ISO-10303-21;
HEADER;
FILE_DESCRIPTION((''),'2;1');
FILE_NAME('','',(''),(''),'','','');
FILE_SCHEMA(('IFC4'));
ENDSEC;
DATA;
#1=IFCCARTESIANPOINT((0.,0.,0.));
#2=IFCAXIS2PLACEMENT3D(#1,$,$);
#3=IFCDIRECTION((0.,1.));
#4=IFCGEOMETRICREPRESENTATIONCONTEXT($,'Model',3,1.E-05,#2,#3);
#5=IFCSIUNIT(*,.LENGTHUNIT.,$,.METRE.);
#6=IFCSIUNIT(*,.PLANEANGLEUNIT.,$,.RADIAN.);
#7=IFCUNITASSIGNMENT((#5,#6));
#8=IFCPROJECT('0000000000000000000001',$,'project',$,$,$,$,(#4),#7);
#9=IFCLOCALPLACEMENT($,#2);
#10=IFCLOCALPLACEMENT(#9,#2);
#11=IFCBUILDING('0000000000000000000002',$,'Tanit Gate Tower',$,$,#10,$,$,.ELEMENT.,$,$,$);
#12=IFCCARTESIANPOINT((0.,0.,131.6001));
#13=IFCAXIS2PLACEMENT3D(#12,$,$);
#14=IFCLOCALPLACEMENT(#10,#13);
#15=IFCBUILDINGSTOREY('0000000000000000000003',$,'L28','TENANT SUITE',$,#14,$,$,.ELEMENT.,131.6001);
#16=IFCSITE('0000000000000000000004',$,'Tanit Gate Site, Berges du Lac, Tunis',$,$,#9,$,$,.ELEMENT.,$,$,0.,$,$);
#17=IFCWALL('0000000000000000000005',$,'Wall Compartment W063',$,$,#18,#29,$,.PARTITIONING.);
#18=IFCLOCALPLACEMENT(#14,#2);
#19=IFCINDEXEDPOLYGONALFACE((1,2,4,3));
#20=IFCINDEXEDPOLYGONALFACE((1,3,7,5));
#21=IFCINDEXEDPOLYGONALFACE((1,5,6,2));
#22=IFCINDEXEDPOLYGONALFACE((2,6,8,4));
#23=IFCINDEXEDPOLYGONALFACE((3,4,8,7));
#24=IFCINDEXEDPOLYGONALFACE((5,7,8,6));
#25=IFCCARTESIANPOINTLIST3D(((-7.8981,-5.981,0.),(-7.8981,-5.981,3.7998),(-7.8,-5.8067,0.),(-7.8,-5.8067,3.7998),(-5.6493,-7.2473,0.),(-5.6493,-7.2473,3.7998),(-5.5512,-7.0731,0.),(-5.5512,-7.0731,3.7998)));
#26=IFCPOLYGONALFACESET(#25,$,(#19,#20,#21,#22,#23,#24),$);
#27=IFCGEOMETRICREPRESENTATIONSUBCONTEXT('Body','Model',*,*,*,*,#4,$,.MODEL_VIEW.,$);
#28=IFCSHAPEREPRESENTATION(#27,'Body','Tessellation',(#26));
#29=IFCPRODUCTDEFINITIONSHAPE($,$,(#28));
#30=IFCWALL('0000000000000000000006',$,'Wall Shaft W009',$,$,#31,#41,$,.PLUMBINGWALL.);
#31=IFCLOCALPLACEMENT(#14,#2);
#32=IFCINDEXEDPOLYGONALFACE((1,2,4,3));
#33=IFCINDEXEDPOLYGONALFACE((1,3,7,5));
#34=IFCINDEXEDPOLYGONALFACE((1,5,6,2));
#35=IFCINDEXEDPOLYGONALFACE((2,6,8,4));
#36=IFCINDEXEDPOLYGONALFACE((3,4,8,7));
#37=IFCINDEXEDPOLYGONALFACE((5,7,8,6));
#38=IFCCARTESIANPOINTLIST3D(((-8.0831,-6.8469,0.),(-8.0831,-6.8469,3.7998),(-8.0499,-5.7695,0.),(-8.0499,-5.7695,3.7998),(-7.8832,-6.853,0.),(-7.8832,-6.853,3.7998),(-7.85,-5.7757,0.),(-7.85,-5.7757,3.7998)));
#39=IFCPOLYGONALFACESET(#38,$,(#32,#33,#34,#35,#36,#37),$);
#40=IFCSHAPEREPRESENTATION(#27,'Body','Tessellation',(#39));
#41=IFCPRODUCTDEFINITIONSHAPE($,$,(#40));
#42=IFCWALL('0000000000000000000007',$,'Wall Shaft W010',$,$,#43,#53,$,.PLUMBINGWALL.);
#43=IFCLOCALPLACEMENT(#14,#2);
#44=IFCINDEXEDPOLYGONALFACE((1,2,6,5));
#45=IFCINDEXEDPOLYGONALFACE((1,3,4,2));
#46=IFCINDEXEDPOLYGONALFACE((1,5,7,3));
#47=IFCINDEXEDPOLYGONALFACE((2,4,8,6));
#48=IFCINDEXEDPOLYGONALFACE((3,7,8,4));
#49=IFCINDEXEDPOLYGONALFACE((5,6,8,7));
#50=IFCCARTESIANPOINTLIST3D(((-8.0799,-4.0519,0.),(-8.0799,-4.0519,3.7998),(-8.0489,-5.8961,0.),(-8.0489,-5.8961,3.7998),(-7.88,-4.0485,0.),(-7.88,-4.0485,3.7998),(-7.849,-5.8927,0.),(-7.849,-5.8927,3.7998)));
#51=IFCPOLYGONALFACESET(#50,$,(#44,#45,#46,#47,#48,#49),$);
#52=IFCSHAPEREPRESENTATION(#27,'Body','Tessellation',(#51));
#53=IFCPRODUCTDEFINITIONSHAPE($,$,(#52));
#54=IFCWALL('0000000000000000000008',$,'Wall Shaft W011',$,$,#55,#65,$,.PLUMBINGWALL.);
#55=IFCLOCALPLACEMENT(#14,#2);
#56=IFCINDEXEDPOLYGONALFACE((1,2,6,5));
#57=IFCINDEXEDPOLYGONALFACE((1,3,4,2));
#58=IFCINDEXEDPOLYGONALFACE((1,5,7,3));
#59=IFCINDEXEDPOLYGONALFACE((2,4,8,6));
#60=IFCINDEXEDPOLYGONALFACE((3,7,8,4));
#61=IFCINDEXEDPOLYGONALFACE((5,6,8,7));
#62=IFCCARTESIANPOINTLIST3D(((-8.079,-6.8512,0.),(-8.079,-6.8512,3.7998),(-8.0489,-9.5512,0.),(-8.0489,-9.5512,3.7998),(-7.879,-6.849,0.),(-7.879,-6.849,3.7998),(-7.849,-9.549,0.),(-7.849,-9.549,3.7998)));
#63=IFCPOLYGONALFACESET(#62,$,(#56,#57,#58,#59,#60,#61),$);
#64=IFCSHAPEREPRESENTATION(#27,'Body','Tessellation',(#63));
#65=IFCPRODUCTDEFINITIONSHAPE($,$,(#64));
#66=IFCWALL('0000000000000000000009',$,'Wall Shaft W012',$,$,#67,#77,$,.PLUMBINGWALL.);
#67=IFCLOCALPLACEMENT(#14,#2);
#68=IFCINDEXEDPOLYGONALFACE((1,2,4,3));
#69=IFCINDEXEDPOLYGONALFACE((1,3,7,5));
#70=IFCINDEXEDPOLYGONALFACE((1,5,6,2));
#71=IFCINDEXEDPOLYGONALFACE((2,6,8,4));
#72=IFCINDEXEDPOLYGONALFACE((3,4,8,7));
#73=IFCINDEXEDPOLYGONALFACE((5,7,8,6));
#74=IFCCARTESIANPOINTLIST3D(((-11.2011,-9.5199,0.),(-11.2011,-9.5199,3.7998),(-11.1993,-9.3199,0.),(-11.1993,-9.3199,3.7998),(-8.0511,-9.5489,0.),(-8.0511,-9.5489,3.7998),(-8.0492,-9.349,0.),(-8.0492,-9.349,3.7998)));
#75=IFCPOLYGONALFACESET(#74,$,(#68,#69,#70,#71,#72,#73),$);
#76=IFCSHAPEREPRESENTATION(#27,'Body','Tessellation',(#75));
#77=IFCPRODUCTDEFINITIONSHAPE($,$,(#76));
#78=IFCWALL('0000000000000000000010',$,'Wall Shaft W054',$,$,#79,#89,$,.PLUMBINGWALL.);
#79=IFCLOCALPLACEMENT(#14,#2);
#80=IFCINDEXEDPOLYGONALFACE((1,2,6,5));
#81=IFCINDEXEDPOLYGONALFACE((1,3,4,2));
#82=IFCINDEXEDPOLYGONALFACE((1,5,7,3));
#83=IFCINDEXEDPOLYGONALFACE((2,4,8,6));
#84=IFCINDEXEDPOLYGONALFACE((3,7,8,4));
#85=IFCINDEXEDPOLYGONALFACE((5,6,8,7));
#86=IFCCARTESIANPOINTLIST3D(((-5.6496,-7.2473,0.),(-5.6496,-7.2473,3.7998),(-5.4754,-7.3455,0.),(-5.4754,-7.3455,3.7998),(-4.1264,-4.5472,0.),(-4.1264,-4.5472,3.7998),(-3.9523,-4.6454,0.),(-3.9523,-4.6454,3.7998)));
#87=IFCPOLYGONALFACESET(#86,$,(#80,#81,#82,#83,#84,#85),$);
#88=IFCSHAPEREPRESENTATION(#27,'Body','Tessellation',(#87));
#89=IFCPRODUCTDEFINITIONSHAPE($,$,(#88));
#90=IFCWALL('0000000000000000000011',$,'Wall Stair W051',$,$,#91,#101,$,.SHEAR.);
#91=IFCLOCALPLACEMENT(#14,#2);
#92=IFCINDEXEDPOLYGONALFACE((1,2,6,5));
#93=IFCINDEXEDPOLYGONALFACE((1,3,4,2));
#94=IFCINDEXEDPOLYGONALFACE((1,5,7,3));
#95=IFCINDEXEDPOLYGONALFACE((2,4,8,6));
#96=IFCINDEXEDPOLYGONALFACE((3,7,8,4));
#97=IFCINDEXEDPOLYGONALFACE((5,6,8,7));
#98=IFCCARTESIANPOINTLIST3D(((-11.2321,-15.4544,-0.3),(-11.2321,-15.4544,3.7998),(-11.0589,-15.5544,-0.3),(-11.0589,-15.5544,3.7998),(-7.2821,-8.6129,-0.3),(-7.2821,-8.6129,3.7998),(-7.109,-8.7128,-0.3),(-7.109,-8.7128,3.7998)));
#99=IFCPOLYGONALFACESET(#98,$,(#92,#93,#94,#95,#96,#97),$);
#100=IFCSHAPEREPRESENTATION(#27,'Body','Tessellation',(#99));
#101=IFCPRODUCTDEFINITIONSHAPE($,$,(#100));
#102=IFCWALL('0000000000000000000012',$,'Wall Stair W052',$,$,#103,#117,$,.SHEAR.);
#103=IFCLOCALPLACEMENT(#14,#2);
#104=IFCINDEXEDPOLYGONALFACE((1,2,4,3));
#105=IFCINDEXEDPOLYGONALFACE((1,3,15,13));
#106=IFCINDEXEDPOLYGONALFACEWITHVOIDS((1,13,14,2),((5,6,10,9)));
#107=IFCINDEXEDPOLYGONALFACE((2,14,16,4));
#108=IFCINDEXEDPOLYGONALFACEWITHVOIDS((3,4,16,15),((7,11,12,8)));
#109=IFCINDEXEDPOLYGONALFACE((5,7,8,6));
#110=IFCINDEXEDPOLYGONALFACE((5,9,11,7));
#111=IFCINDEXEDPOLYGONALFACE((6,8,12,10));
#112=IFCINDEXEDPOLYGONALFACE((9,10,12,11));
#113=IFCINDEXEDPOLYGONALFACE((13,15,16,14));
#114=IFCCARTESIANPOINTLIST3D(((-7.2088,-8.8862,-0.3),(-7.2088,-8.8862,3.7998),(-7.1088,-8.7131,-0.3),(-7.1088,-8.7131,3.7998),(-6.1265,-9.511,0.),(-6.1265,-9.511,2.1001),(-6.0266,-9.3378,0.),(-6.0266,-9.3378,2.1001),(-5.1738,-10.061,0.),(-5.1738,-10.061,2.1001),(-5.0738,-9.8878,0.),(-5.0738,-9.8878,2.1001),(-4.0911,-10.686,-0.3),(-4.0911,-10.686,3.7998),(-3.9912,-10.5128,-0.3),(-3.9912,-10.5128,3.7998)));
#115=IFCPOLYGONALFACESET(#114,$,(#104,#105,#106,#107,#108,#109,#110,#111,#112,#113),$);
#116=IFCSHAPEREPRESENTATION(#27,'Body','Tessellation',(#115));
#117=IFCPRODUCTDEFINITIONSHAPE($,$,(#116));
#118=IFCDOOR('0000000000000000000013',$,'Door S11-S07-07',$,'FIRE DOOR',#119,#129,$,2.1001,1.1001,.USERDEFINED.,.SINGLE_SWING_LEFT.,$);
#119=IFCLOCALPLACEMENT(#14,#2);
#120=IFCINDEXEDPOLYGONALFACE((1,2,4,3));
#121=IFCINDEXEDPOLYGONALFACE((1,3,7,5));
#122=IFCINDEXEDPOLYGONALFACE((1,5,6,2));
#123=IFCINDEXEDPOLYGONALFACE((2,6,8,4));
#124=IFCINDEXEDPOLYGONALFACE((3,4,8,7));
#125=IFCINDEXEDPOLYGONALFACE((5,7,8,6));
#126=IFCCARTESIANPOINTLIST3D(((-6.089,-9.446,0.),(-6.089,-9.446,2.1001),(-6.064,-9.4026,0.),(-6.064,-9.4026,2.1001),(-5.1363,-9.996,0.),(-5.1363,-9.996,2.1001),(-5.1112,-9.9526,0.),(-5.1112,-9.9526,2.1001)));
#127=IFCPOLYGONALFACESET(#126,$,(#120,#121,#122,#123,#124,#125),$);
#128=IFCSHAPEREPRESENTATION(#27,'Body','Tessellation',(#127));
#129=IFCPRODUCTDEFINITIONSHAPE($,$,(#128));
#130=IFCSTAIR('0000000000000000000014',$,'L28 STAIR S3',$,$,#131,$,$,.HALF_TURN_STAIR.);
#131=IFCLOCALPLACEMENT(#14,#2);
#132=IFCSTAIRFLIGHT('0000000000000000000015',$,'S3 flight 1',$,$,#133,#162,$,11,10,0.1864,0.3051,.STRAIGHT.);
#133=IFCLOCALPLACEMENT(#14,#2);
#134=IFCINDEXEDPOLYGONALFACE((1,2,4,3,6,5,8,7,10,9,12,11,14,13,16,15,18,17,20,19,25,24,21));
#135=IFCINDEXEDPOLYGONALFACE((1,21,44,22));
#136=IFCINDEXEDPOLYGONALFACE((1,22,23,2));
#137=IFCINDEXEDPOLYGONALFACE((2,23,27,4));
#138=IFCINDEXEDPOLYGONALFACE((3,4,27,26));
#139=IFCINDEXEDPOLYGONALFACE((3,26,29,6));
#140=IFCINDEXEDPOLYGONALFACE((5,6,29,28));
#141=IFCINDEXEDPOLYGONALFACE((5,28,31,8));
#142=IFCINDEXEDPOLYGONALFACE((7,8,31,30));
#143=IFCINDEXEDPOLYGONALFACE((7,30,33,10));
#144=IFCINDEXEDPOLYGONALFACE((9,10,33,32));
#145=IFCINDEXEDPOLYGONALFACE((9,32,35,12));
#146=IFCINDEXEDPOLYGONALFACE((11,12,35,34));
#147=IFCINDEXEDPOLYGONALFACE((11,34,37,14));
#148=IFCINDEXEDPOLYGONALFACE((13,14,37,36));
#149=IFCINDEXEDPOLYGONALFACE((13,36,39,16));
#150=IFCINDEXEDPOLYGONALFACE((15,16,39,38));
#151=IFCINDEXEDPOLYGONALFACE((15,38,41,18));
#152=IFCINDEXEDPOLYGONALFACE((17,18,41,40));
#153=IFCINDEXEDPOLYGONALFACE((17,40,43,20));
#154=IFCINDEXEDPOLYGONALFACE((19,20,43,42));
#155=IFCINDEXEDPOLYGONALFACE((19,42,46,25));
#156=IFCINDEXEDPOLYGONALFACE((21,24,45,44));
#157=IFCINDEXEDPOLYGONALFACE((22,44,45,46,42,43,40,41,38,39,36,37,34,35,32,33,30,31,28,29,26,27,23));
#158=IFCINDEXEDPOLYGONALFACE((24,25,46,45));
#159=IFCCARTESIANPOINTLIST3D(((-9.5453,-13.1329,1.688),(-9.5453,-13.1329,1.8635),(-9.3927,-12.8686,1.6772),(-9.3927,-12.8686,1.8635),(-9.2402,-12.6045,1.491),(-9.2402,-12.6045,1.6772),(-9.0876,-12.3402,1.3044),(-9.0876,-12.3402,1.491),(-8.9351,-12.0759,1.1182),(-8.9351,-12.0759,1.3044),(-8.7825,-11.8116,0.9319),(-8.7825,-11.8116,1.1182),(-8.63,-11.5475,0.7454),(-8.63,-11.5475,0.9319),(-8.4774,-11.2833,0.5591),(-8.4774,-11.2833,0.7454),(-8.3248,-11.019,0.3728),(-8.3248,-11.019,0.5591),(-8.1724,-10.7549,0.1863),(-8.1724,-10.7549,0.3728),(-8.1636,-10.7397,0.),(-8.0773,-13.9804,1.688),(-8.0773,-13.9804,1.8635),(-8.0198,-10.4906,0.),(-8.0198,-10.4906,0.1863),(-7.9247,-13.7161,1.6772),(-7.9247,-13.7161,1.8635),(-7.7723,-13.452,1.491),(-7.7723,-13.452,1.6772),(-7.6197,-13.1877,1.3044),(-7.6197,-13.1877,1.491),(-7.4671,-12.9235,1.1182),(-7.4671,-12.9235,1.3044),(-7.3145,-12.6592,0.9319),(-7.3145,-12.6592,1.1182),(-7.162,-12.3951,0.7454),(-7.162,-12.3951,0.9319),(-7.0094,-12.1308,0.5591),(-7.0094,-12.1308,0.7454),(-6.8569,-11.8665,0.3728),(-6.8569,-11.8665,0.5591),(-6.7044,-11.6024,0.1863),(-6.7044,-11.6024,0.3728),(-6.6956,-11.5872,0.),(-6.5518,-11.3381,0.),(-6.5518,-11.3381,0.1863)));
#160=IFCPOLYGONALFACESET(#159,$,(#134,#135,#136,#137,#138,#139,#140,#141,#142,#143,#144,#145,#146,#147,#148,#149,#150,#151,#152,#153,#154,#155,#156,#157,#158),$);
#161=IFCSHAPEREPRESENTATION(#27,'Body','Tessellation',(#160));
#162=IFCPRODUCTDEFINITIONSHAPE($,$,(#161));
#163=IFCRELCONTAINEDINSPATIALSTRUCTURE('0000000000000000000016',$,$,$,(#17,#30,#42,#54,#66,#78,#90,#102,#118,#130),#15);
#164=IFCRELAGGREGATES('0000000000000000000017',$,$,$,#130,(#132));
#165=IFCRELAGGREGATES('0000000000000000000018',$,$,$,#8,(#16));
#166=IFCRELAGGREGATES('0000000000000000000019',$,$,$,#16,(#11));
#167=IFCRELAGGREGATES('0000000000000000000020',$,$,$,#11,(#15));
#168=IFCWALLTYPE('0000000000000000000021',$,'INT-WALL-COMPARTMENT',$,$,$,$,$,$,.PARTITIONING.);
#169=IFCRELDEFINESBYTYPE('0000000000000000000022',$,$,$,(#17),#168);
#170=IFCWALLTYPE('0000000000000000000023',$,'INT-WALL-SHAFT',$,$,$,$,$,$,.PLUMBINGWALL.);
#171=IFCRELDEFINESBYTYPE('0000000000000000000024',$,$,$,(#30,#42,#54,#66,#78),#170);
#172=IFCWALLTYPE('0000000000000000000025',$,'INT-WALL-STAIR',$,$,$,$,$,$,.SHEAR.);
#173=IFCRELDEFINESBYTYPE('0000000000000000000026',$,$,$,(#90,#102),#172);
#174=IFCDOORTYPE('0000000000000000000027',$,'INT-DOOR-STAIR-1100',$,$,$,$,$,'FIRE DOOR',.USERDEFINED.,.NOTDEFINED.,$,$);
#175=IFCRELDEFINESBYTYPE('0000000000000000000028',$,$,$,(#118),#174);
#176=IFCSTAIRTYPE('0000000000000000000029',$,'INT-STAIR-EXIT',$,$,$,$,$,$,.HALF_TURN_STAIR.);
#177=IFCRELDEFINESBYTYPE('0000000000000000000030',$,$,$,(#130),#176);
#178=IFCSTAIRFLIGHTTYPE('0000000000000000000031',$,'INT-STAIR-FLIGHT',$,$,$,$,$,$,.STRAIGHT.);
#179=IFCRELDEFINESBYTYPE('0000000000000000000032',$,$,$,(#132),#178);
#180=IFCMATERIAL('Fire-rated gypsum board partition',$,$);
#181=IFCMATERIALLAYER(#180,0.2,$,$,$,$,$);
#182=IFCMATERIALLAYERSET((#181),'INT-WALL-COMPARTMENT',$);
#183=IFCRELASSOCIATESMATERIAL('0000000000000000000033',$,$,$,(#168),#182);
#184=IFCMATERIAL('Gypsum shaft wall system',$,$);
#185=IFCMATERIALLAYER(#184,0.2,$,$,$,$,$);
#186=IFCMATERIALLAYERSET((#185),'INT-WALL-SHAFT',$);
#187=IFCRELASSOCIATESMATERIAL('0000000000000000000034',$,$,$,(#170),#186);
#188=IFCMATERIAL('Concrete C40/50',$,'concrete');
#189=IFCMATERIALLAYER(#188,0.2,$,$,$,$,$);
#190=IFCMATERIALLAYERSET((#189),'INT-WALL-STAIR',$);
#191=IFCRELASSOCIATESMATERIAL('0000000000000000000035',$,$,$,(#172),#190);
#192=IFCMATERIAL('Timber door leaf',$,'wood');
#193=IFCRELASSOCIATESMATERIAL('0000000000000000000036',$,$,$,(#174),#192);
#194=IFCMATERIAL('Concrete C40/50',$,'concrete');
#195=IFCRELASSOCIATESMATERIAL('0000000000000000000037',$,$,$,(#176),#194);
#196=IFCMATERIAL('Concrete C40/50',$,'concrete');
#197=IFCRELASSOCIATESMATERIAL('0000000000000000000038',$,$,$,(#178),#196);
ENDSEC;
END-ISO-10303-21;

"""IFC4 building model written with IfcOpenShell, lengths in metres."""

from ifc_helpers import new_model, si_unit, direction, frame, frame_2d, origin, place, context, subcontext, project, spatial, polyline, rectangle, outline, extrude, material, layer, layer_set, type_object, element, fill, aggregate, save


model = new_model("IFC4")

# Units and contexts
model_context = context("Model", 3, precision=1e-05, world=origin(), true_north=direction((0.0, 1.0)))
body_context = subcontext(model_context, "Body", "Model", "MODEL_VIEW")
ifc_project = project(units=[si_unit("LENGTHUNIT", "METRE"), si_unit("PLANEANGLEUNIT", "RADIAN")], contexts=[model_context])

# Site, building, storey
site_placement = place(None, origin())
site = spatial("IfcSite", under=ifc_project, at=site_placement, Name="Tanit Gate Site, Berges du Lac, Tunis", CompositionType="ELEMENT", RefElevation=0.0)
building_placement = place(site_placement, origin())
building = spatial("IfcBuilding", under=site, at=building_placement, Name="Tanit Gate Tower", CompositionType="ELEMENT")
storey_placement = place(building_placement, frame((0.0, 0.0, 131.6001)))
storey = spatial("IfcBuildingStorey", under=building, at=storey_placement, Name="L28", Description="TENANT SUITE", CompositionType="ELEMENT", Elevation=131.6001)

# Walls
ifc_material_1 = material(Name="Fire-rated gypsum board partition")
ifc_layer_1 = layer(ifc_material_1, 0.2)
ifc_layer_set_1 = layer_set([ifc_layer_1], Name="INT-WALL-COMPARTMENT")
wall_type_1 = type_object("IfcWallType", Name="INT-WALL-COMPARTMENT", PredefinedType="PARTITIONING", material=ifc_layer_set_1)
wall_1_placement = place(storey_placement, frame((-7.8491, -5.8938, 0.0), z_axis=(0.0, 0.0, 1.0), x_axis=(0.87134, -0.490679, 0.0)))
element("IfcWall", 1, at=wall_1_placement, inside=storey, type_object=wall_type_1, Name="Wall Compartment W063", PredefinedType="PARTITIONING", context=body_context, shape_type="SweptSolid", body=[
    extrude(rectangle(XDim=2.5808, YDim=0.2, at=frame_2d((1.2905, 0.0))), origin(), (0.0, 0.0, 1.0), 3.7998),
])
ifc_material_2 = material(Name="Gypsum shaft wall system")
ifc_layer_2 = layer(ifc_material_2, 0.2)
ifc_layer_set_2 = layer_set([ifc_layer_2], Name="INT-WALL-SHAFT")
wall_type_2 = type_object("IfcWallType", Name="INT-WALL-SHAFT", PredefinedType="PLUMBINGWALL", material=ifc_layer_set_2)
wall_2_placement = place(storey_placement, frame((-7.95, -5.7725, 0.0), z_axis=(0.0, 0.0, 1.0), x_axis=(-0.030803, -0.999525, 0.0)))
element("IfcWall", 2, at=wall_2_placement, inside=storey, type_object=wall_type_2, Name="Wall Shaft W009", PredefinedType="PLUMBINGWALL", context=body_context, shape_type="SweptSolid", body=[
    extrude(rectangle(XDim=1.0779, YDim=0.2, at=frame_2d((0.5391, 0.0))), origin(), (0.0, 0.0, 1.0), 3.7998),
])
wall_3_placement = place(storey_placement, frame((-7.98, -4.05, 0.0), z_axis=(0.0, 0.0, 1.0), x_axis=(0.01681, -0.999859, 0.0)))
element("IfcWall", 3, at=wall_3_placement, inside=storey, type_object=wall_type_2, Name="Wall Shaft W010", PredefinedType="PLUMBINGWALL", context=body_context, shape_type="SweptSolid", body=[
    extrude(rectangle(XDim=1.8445, YDim=0.2, at=frame_2d((0.9224, 0.0))), origin(), (0.0, 0.0, 1.0), 3.7998),
])
wall_4_placement = place(storey_placement, frame((-7.979, -6.8501, 0.0), z_axis=(0.0, 0.0, 1.0), x_axis=(0.011121, -0.999938, 0.0)))
element("IfcWall", 4, at=wall_4_placement, inside=storey, type_object=wall_type_2, Name="Wall Shaft W011", PredefinedType="PLUMBINGWALL", context=body_context, shape_type="SweptSolid", body=[
    extrude(rectangle(XDim=2.7002, YDim=0.2, at=frame_2d((1.3501, 0.0))), origin(), (0.0, 0.0, 1.0), 3.7998),
])
wall_5_placement = place(storey_placement, frame((-8.05, -9.449, 0.0), z_axis=(0.0, 0.0, 1.0), x_axis=(-0.999957, 0.009223, 0.0)))
element("IfcWall", 5, at=wall_5_placement, inside=storey, type_object=wall_type_2, Name="Wall Shaft W012", PredefinedType="PLUMBINGWALL", context=body_context, shape_type="SweptSolid", body=[
    extrude(rectangle(XDim=3.1501, YDim=0.2, at=frame_2d((1.5752, 0.0))), origin(), (0.0, 0.0, 1.0), 3.7998),
])
wall_6_placement = place(storey_placement, frame((-5.5625, -7.2964, 0.0), z_axis=(0.0, 0.0, 1.0), x_axis=(0.491323, 0.870978, 0.0)))
element("IfcWall", 6, at=wall_6_placement, inside=storey, type_object=wall_type_2, Name="Wall Shaft W054", PredefinedType="PLUMBINGWALL", context=body_context, shape_type="SweptSolid", body=[
    extrude(rectangle(XDim=3.1001, YDim=0.2, at=frame_2d((1.55, 0.0))), origin(), (0.0, 0.0, 1.0), 3.7998),
])
ifc_material_3 = material(Name="Concrete C40/50", Category="concrete")
ifc_layer_3 = layer(ifc_material_3, 0.2)
ifc_layer_set_3 = layer_set([ifc_layer_3], Name="INT-WALL-STAIR")
wall_type_3 = type_object("IfcWallType", Name="INT-WALL-STAIR", PredefinedType="SHEAR", material=ifc_layer_set_3)
wall_7_placement = place(storey_placement, frame((-7.1956, -8.6628, -0.3), z_axis=(0.0, 0.0, 1.0), x_axis=(-0.499998, -0.866027, 0.0)))
element("IfcWall", 7, at=wall_7_placement, inside=storey, type_object=wall_type_3, Name="Wall Stair W051", PredefinedType="SHEAR", context=body_context, shape_type="SweptSolid", body=[
    extrude(rectangle(XDim=7.8999, YDim=0.2, at=frame_2d((3.95, 0.0))), origin(), (0.0, 0.0, 1.0), 4.0999),
])

# Wall, opening, door
wall_8_placement = place(storey_placement, frame((-4.0413, -10.5994, -0.3), z_axis=(0.0, 0.0, 1.0), x_axis=(-0.866048, 0.499961, 0.0)))
wall_8 = element("IfcWall", 8, at=wall_8_placement, inside=storey, type_object=wall_type_3, Name="Wall Stair W052", PredefinedType="SHEAR", context=body_context, shape_type="SweptSolid", body=[
    extrude(rectangle(XDim=3.5999, YDim=0.2, at=frame_2d((1.7998, 0.0))), origin(), (0.0, 0.0, 1.0), 4.0999),
])
opening_placement = place(wall_8_placement, frame((1.25, 0.0, 0.3)))
opening = element("IfcOpeningElement", 9, at=opening_placement, cuts=wall_8, PredefinedType="OPENING", context=body_context, shape_type="SweptSolid", body=[
    extrude(rectangle(XDim=1.1001, YDim=2.1001, at=frame_2d((0.55, 1.05))), frame((0.0, 0.1099, 0.0), z_axis=(0.0, -1.0, 0.0), x_axis=(1.0, 0.0, 0.0)), (0.0, 0.0, 1.0), 0.22),
])
ifc_material_4 = material(Name="Timber door leaf", Category="wood")
door_type = type_object("IfcDoorType", Name="INT-DOOR-STAIR-1100", ElementType="FIRE DOOR", OperationType="NOTDEFINED", PredefinedType="USERDEFINED", material=ifc_material_4)
door_placement = place(opening_placement, origin())
door = element("IfcDoor", 10, at=door_placement, inside=storey, type_object=door_type, Name="Door S11-S07-07", ObjectType="FIRE DOOR", OperationType="SINGLE_SWING_LEFT", OverallHeight=2.1001, OverallWidth=1.1001, PredefinedType="USERDEFINED", context=body_context, shape_type="SweptSolid", body=[
    extrude(rectangle(XDim=1.1001, YDim=2.1001, at=frame_2d((0.55, 1.05))), frame((0.0, 0.0249, 0.0), z_axis=(0.0, -1.0, 0.0), x_axis=(1.0, 0.0, 0.0)), (0.0, 0.0, 1.0), 0.05),
])
fill(opening, door)

# Stair, stair flight
ifc_material_5 = material(Name="Concrete C40/50", Category="concrete")
stair_type = type_object("IfcStairType", Name="INT-STAIR-EXIT", PredefinedType="HALF_TURN_STAIR", material=ifc_material_5)
stair_placement = place(storey_placement, origin())
stair = element("IfcStair", 11, at=stair_placement, inside=storey, type_object=stair_type, Name="L28 STAIR S3", PredefinedType="HALF_TURN_STAIR")
ifc_material_6 = material(Name="Concrete C40/50", Category="concrete")
stair_flight_type = type_object("IfcStairFlightType", Name="INT-STAIR-FLIGHT", PredefinedType="STRAIGHT", material=ifc_material_6)
stair_flight_placement = place(storey_placement, frame((-7.2859, -10.9143, 0.0), z_axis=(0.0, 0.0, 1.0), x_axis=(-0.5, -0.866025, 0.0)))
stair_flight = element("IfcStairFlight", 12, at=stair_flight_placement, type_object=stair_flight_type, Name="S3 flight 1", NumberOfRisers=11, NumberOfTreads=10, PredefinedType="STRAIGHT", RiserHeight=0.1864, TreadLength=0.3051, context=body_context, shape_type="SweptSolid", body=[
    extrude(outline(polyline([(0.0, 0.0), (0.0, 0.1863), (0.3052, 0.1863), (0.3052, 0.3728), (0.6101, 0.3728), (0.6101, 0.5591), (0.9153, 0.5591), (0.9153, 0.7454), (1.2205, 0.7454), (1.2205, 0.9319), (1.5254, 0.9319), (1.5254, 1.1182), (1.8306, 1.1182), (1.8306, 1.3044), (2.1357, 1.3044), (2.1357, 1.491), (2.4409, 1.491), (2.4409, 1.6772), (2.7458, 1.6772), (2.7458, 1.8635), (3.051, 1.8635), (3.051, 2.05), (3.051, 1.688), (0.2876, 0.0), (0.0, 0.0)])), frame((0.0, 0.8477, 0.0), z_axis=(0.0, -1.0, 0.0), x_axis=(1.0, 0.0, 0.0)), (0.0, 0.0, 1.0), 1.6951),
])
aggregate(stair, [stair_flight])

save(model, "model.ifc")
